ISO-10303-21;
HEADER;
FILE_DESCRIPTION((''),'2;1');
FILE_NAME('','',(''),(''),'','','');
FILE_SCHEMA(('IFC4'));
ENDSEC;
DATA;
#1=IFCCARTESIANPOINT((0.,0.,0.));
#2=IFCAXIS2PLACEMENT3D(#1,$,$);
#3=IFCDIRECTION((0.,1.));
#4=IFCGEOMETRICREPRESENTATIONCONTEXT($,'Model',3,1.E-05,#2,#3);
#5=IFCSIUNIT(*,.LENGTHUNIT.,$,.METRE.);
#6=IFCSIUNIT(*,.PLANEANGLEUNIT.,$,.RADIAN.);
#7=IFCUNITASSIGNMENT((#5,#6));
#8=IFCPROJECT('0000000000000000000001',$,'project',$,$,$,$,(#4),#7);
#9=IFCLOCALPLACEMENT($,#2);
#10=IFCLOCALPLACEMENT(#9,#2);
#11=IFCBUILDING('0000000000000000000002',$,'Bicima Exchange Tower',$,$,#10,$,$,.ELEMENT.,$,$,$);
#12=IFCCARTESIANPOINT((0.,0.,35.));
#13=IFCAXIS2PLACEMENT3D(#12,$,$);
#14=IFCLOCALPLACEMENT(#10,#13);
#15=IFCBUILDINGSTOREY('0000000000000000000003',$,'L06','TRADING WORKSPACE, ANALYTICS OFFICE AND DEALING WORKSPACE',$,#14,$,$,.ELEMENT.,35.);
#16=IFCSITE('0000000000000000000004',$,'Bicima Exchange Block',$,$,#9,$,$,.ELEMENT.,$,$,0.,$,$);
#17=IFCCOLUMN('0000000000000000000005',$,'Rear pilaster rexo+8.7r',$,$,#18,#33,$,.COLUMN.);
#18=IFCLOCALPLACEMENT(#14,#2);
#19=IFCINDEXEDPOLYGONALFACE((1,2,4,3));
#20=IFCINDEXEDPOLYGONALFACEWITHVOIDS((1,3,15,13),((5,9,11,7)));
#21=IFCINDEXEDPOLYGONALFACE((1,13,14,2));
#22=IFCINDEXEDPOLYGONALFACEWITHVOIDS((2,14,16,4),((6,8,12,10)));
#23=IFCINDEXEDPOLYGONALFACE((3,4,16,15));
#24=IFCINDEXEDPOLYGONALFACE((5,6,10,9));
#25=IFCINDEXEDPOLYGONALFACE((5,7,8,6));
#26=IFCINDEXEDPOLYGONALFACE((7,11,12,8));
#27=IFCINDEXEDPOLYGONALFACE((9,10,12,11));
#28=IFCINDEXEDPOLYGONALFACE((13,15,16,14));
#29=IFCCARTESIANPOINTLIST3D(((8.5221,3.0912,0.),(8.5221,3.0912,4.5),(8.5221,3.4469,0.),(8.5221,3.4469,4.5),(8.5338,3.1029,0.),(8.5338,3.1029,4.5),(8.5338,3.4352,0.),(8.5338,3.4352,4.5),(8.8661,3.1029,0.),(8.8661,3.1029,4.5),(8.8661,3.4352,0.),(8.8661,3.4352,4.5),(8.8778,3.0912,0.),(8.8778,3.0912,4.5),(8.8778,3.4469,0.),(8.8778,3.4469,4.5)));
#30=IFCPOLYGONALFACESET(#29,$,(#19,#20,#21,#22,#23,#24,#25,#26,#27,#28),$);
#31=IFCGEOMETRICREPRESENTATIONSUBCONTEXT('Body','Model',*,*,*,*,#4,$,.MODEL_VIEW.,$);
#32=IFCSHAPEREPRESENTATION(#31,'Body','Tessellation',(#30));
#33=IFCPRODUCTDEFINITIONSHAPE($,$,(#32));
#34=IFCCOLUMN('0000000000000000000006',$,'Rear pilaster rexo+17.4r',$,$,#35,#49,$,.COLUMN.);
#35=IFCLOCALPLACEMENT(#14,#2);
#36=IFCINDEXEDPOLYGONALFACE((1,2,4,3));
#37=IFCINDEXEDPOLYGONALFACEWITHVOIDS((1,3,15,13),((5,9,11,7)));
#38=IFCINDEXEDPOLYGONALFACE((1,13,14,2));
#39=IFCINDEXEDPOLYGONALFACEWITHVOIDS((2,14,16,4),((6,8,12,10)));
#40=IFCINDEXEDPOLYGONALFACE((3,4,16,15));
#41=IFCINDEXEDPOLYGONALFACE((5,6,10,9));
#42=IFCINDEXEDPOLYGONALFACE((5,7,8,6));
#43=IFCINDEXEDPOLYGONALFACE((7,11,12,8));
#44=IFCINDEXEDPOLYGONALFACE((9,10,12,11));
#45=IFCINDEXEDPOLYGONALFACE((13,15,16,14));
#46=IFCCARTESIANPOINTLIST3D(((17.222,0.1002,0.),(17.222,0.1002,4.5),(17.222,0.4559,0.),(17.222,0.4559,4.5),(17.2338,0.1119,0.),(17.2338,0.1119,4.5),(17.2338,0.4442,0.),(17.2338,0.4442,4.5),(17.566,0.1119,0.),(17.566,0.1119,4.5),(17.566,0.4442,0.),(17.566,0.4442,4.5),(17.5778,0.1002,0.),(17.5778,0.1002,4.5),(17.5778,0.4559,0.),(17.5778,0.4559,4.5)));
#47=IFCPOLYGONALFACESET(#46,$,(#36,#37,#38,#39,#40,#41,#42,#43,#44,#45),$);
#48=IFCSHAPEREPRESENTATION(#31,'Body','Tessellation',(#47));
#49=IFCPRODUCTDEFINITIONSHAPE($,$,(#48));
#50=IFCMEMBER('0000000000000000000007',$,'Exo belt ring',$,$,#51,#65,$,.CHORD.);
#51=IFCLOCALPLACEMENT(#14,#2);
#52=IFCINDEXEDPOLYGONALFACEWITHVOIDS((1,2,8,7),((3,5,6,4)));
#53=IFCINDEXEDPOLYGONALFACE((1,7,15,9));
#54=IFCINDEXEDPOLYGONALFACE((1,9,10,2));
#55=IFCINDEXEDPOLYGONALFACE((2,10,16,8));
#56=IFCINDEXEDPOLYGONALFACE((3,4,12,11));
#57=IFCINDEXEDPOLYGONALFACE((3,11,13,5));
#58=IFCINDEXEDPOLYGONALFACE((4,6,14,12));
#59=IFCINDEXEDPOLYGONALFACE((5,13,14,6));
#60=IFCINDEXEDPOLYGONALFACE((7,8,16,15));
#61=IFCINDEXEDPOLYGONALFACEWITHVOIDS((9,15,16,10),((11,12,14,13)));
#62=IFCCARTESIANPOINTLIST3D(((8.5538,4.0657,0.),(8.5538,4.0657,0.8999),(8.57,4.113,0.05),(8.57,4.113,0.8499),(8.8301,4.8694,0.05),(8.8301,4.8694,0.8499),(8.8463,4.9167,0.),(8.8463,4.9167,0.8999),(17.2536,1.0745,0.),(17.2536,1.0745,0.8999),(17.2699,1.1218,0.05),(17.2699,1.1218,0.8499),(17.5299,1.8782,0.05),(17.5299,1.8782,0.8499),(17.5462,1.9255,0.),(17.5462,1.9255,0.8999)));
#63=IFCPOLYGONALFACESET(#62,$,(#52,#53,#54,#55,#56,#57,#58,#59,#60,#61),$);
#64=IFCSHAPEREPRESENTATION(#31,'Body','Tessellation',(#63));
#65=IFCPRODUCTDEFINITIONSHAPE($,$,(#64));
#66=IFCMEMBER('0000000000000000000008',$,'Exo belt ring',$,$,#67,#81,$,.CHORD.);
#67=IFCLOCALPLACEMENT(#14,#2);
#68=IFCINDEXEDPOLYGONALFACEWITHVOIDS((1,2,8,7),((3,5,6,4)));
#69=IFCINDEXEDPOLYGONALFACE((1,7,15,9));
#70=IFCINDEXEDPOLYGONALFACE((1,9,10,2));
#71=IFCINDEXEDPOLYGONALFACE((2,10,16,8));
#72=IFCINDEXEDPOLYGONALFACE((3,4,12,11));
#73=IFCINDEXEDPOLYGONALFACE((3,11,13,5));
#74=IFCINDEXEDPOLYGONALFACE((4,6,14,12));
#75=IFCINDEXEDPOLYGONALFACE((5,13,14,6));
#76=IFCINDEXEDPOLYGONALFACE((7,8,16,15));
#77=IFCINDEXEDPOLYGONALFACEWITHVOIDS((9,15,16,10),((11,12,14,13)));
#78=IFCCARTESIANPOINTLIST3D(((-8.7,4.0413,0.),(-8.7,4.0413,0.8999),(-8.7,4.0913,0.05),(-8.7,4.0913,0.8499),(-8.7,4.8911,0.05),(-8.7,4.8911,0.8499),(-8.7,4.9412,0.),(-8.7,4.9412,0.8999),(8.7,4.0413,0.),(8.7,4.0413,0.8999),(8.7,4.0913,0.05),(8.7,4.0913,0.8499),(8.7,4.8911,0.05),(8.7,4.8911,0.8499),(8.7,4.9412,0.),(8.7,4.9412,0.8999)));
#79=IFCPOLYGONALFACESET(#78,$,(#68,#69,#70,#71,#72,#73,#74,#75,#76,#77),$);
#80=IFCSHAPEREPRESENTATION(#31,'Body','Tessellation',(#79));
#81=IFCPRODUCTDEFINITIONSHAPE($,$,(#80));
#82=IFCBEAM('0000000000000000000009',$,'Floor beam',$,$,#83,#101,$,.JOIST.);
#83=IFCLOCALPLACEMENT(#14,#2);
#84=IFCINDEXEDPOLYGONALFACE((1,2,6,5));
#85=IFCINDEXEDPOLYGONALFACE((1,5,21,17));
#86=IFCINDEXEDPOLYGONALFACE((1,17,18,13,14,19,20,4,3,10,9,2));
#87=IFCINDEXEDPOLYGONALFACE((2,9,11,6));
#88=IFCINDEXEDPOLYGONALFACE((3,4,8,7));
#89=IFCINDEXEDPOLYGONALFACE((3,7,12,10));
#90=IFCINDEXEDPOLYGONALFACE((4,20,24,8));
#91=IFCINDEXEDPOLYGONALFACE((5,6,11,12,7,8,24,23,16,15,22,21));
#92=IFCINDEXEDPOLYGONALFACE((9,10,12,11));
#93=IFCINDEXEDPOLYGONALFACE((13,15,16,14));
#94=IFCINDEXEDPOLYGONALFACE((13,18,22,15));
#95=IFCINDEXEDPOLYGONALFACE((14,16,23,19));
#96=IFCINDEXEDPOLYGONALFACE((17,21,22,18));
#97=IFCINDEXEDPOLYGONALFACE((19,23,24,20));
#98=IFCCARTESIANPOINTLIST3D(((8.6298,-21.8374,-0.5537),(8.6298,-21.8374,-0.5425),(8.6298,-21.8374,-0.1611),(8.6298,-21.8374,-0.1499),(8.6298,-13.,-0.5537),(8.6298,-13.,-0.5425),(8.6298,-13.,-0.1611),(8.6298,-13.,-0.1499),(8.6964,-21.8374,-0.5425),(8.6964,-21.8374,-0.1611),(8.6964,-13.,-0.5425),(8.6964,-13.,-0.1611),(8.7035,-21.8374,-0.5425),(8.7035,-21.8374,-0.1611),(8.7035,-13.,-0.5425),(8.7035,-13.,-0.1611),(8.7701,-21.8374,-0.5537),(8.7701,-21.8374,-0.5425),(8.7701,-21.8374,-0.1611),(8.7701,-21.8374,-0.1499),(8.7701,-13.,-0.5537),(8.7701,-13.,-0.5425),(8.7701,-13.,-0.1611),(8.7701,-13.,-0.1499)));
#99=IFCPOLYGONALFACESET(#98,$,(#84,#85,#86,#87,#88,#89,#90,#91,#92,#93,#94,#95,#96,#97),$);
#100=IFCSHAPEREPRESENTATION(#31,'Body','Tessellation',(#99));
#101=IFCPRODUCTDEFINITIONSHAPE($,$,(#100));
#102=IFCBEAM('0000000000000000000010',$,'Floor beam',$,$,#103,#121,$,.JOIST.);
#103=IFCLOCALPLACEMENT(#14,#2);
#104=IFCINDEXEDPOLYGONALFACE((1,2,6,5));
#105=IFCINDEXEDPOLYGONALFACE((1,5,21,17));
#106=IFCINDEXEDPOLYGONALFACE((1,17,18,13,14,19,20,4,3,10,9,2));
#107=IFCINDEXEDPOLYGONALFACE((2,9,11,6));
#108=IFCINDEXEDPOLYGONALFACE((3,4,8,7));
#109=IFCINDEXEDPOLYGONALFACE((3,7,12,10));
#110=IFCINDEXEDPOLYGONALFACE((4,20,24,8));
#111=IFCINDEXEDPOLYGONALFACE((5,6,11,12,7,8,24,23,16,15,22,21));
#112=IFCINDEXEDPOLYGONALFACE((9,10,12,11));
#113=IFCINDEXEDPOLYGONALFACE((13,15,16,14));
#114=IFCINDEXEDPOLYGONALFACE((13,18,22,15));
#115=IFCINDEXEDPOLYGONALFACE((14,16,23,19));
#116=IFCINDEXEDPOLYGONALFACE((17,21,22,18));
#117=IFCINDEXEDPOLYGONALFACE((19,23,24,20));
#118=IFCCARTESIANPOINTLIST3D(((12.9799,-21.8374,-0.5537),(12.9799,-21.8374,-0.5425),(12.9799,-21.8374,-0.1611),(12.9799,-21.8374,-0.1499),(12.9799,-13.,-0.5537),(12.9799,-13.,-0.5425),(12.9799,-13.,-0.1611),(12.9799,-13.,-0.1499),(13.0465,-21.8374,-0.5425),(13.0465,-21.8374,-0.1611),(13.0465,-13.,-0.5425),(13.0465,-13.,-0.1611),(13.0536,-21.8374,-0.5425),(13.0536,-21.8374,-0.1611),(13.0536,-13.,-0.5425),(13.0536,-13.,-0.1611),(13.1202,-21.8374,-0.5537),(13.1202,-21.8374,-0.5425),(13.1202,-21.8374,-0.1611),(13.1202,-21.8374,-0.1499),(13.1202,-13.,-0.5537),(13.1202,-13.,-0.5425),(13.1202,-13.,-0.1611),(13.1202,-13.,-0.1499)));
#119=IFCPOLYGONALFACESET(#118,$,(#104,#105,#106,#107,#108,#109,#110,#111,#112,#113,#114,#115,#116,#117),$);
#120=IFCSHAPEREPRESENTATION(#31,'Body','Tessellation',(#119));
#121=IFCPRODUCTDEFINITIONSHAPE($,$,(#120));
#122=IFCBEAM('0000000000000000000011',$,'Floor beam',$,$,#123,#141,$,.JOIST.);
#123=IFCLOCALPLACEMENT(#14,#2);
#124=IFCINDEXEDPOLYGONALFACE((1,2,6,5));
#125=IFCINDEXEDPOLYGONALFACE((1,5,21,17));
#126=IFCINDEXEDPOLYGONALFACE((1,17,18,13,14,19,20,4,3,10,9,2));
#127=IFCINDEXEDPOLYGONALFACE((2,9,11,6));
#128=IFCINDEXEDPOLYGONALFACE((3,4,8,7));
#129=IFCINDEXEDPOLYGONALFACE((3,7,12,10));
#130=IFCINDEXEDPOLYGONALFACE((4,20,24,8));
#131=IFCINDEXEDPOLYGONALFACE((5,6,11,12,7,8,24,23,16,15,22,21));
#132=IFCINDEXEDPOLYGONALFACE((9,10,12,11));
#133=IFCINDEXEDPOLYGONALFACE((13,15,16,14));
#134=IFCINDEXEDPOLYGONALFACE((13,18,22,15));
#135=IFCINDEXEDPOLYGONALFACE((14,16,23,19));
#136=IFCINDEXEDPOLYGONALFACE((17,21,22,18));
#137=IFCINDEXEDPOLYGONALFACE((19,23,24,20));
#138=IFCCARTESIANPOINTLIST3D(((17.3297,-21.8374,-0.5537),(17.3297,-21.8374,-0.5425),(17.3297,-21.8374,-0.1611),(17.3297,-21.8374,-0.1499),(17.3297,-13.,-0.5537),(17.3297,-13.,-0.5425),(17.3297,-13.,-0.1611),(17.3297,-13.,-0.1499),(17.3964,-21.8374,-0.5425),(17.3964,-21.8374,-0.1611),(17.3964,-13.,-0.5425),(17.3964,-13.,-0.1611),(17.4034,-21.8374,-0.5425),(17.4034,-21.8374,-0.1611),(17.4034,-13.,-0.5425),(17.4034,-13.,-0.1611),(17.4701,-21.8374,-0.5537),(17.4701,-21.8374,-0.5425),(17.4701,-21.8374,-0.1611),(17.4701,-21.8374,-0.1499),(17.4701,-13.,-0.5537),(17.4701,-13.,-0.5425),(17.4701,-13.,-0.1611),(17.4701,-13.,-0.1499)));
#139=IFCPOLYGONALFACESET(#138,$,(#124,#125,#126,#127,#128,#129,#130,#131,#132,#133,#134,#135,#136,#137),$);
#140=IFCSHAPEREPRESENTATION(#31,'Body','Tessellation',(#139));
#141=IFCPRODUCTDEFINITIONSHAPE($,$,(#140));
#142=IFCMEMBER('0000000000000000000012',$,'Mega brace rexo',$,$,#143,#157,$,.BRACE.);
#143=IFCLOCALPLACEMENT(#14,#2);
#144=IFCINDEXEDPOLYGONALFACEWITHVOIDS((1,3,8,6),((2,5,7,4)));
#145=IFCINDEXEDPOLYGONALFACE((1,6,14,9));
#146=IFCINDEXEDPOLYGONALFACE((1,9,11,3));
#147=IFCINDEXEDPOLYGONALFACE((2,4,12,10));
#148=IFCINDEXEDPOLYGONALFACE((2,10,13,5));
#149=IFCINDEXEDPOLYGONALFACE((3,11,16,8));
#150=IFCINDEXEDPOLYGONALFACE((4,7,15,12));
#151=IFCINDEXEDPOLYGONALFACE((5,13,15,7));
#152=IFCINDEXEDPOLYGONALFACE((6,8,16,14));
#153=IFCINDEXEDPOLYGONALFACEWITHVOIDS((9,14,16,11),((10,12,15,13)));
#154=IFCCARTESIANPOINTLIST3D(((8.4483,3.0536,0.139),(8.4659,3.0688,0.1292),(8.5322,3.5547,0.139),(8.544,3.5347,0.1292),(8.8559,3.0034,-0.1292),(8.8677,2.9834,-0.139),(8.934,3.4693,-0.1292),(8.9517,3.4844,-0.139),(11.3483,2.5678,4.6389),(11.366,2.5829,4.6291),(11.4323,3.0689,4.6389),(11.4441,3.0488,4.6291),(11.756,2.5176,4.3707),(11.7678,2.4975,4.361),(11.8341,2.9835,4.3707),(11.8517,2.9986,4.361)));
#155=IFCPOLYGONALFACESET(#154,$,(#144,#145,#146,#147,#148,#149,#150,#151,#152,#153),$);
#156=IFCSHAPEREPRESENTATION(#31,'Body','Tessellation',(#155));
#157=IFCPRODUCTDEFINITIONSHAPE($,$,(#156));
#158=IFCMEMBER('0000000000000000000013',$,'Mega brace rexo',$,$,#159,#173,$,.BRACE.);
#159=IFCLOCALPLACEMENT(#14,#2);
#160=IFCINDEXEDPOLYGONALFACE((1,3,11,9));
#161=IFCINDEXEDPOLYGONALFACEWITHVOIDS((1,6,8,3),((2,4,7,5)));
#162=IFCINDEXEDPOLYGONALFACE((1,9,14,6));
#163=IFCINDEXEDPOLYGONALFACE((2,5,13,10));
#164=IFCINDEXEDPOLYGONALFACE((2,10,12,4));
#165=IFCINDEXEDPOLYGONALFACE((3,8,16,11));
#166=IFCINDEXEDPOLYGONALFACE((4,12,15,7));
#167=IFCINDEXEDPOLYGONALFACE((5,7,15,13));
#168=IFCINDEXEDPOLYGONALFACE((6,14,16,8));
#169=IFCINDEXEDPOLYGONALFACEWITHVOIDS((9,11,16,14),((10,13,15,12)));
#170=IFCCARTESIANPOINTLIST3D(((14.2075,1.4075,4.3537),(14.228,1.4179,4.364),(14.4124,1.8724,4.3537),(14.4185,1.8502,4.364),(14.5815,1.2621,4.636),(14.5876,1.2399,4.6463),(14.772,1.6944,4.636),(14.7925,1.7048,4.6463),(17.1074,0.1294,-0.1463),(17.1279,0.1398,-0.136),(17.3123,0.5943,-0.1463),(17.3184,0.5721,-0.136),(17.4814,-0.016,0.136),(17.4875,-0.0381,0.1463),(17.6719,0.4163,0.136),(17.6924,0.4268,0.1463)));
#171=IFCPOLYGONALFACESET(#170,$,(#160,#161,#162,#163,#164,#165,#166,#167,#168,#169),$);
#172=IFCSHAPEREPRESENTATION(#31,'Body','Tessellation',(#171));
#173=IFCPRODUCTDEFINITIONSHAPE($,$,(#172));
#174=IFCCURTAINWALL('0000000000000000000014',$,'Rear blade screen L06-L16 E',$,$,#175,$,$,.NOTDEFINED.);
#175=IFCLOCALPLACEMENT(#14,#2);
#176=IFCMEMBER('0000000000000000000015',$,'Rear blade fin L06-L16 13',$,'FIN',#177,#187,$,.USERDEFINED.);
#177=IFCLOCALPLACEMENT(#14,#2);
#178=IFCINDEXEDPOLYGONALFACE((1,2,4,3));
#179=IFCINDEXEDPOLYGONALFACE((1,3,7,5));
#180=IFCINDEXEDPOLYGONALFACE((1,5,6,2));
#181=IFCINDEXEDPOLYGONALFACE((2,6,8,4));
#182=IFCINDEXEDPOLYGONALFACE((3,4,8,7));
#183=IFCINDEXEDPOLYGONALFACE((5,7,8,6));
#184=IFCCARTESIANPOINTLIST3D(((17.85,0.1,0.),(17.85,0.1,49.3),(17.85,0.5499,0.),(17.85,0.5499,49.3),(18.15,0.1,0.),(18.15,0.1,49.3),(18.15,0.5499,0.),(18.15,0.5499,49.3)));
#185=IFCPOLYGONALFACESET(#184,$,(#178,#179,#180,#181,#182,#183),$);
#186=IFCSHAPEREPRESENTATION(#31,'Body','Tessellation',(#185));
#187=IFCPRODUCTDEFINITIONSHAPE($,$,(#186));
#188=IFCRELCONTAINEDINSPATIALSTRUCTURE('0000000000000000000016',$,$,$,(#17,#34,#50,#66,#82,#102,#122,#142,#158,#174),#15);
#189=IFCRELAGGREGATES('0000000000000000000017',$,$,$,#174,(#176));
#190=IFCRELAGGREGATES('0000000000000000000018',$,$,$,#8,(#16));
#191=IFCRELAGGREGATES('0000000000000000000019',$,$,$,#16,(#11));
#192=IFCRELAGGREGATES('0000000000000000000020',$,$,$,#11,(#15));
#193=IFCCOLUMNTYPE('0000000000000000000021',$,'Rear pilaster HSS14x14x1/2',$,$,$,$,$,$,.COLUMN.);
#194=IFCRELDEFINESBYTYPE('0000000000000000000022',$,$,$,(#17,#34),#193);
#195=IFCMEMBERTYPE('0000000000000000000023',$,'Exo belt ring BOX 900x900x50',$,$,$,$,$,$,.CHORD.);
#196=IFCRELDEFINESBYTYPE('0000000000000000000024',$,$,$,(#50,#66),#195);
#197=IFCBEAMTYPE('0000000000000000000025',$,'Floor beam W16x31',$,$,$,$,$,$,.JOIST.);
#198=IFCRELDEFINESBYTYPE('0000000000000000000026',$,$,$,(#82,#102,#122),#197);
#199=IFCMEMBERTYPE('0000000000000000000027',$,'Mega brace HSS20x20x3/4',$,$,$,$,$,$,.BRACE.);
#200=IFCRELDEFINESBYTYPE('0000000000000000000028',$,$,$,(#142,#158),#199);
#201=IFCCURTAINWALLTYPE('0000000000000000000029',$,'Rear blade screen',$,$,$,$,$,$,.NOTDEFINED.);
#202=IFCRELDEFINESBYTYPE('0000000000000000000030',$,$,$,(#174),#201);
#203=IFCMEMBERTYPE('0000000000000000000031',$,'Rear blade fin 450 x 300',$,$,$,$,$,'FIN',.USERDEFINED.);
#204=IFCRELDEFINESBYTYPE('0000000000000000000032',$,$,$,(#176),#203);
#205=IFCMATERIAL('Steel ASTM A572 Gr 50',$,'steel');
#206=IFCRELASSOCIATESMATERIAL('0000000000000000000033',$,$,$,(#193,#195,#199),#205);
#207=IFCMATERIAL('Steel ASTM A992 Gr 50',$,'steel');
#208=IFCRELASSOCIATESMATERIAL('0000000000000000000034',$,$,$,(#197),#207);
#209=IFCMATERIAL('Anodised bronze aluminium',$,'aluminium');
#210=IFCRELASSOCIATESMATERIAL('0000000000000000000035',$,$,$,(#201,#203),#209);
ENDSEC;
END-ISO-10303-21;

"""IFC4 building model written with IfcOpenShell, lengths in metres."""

from ifc_helpers import new_model, si_unit, direction, frame, origin, origin_2d, place, context, subcontext, project, spatial, rectangle, hollow_rectangle, i_section, extrude, material, material_profile, profile_set, type_object, element, aggregate, save


model = new_model("IFC4")

# Units and contexts
model_context = context("Model", 3, precision=1e-05, world=origin(), true_north=direction((0.0, 1.0)))
body_context = subcontext(model_context, "Body", "Model", "MODEL_VIEW")
ifc_project = project(units=[si_unit("LENGTHUNIT", "METRE"), si_unit("PLANEANGLEUNIT", "RADIAN")], contexts=[model_context])

# Site, building, storey
site_placement = place(None, origin())
site = spatial("IfcSite", under=ifc_project, at=site_placement, Name="Bicima Exchange Block", CompositionType="ELEMENT", RefElevation=0.0)
building_placement = place(site_placement, origin())
building = spatial("IfcBuilding", under=site, at=building_placement, Name="Bicima Exchange Tower", CompositionType="ELEMENT")
storey_placement = place(building_placement, frame((0.0, 0.0, 35.0)))
storey = spatial("IfcBuildingStorey", under=building, at=storey_placement, Name="L06", Description="TRADING WORKSPACE, ANALYTICS OFFICE AND DEALING WORKSPACE", CompositionType="ELEMENT", Elevation=35.0)

# Columns
ifc_material_1 = material(Name="Steel ASTM A572 Gr 50", Category="steel")
ifc_material_profile_1 = material_profile(ifc_material_1, hollow_rectangle(XDim=0.3557, YDim=0.3557, WallThickness=0.0117, at=origin_2d()))
ifc_profile_set_1 = profile_set([ifc_material_profile_1], Name="Steel ASTM A572 Gr 50")
column_type = type_object("IfcColumnType", Name="Rear pilaster HSS14x14x1/2", PredefinedType="COLUMN", material=ifc_profile_set_1)
for number, where, z_axis, x_axis, name in (
    (1, (8.7, 3.269, 0.0), (0.0, 0.0, 1.0), (1.0, 0.0, 0.0), "Rear pilaster rexo+8.7r"),
    (2, (17.3999, 0.2781, 0.0), (0.0, 0.0, 1.0), (1.0, 0.0, 0.0), "Rear pilaster rexo+17.4r"),
):
    element("IfcColumn", number, at=place(storey_placement, frame(where, z_axis=z_axis, x_axis=x_axis)), inside=storey, type_object=column_type, Name=name, PredefinedType="COLUMN", context=body_context, shape_type="SweptSolid", body=[
        extrude(hollow_rectangle(XDim=0.3557, YDim=0.3557, WallThickness=0.0117, at=origin_2d()), origin(), (0.0, 0.0, 1.0), 4.5),
    ])

# Members
ifc_material_profile_2 = material_profile(ifc_material_1, hollow_rectangle(XDim=0.8999, YDim=0.8999, WallThickness=0.05, at=origin_2d()))
ifc_profile_set_2 = profile_set([ifc_material_profile_2], Name="Steel ASTM A572 Gr 50")
member_type_1 = type_object("IfcMemberType", Name="Exo belt ring BOX 900x900x50", PredefinedType="CHORD", material=ifc_profile_set_2)
member_1_placement = place(storey_placement, frame((17.3999, 1.5, 0.45), z_axis=(-0.945666, 0.325138, 0.0), x_axis=(-0.325138, -0.945666, 0.0)))
element("IfcMember", 3, at=member_1_placement, inside=storey, type_object=member_type_1, Name="Exo belt ring", PredefinedType="CHORD", context=body_context, shape_type="SweptSolid", body=[
    extrude(hollow_rectangle(XDim=0.8999, YDim=0.8999, WallThickness=0.05, at=origin_2d()), origin(), (0.0, 0.0, 1.0), 9.1997),
])
member_2_placement = place(storey_placement, frame((8.7, 4.4912, 0.45), z_axis=(-1.0, 0.0, 0.0), x_axis=(0.0, -1.0, 0.0)))
element("IfcMember", 4, at=member_2_placement, inside=storey, type_object=member_type_1, Name="Exo belt ring", PredefinedType="CHORD", context=body_context, shape_type="SweptSolid", body=[
    extrude(hollow_rectangle(XDim=0.8999, YDim=0.8999, WallThickness=0.05, at=origin_2d()), origin(), (0.0, 0.0, 1.0), 17.3999),
])

# Beams
ifc_material_2 = material(Name="Steel ASTM A992 Gr 50", Category="steel")
ifc_material_profile_3 = material_profile(ifc_material_2, i_section(OverallWidth=0.1404, OverallDepth=0.4038, WebThickness=0.0071, FlangeThickness=0.0112, at=origin_2d()))
ifc_profile_set_3 = profile_set([ifc_material_profile_3], Name="Steel ASTM A992 Gr 50")
beam_type = type_object("IfcBeamType", Name="Floor beam W16x31", PredefinedType="JOIST", material=ifc_profile_set_3)
for number, where, z_axis, x_axis, name in (
    (5, (8.7, -13.0, -0.3518), (0.0, -1.0, 0.0), (1.0, 0.0, 0.0), "Floor beam"),
    (6, (13.05, -13.0, -0.3518), (0.0, -1.0, 0.0), (1.0, 0.0, 0.0), "Floor beam"),
    (7, (17.3999, -13.0, -0.3518), (0.0, -1.0, 0.0), (1.0, 0.0, 0.0), "Floor beam"),
):
    element("IfcBeam", number, at=place(storey_placement, frame(where, z_axis=z_axis, x_axis=x_axis)), inside=storey, type_object=beam_type, Name=name, PredefinedType="JOIST", context=body_context, shape_type="SweptSolid", body=[
        extrude(i_section(OverallWidth=0.1404, OverallDepth=0.4038, WebThickness=0.0071, FlangeThickness=0.0112, at=origin_2d()), origin(), (0.0, 0.0, 1.0), 8.8374),
    ])

# Members
ifc_material_profile_4 = material_profile(ifc_material_1, hollow_rectangle(XDim=0.5081, YDim=0.5081, WallThickness=0.0178, at=origin_2d()))
ifc_profile_set_4 = profile_set([ifc_material_profile_4], Name="Steel ASTM A572 Gr 50")
member_type_2 = type_object("IfcMemberType", Name="Mega brace HSS20x20x3/4", PredefinedType="BRACE", material=ifc_profile_set_4)
member_3_placement = place(storey_placement, frame((8.7, 3.269, 0.0), z_axis=(0.539504, -0.090379, 0.837119), x_axis=(0.16522, 0.986257, 0.0)))
element("IfcMember", 8, at=member_3_placement, inside=storey, type_object=member_type_2, Name="Mega brace rexo", PredefinedType="BRACE", context=body_context, shape_type="SweptSolid", body=[
    extrude(hollow_rectangle(XDim=0.5081, YDim=0.5081, WallThickness=0.0178, at=origin_2d()), origin(), (0.0, 0.0, 1.0), 5.3755),
])
member_4_placement = place(storey_placement, frame((17.3999, 0.2781, 0.0), z_axis=(-0.526881, 0.232213, 0.817602), x_axis=(-0.403299, -0.915068, 0.0)))
element("IfcMember", 9, at=member_4_placement, inside=storey, type_object=member_type_2, Name="Mega brace rexo", PredefinedType="BRACE", context=body_context, shape_type="SweptSolid", body=[
    extrude(hollow_rectangle(XDim=0.5081, YDim=0.5081, WallThickness=0.0178, at=origin_2d()), origin(), (0.0, 0.0, 1.0), 5.5039),
])

# Curtain wall, member
ifc_material_3 = material(Name="Anodised bronze aluminium", Category="aluminium")
curtain_wall_type = type_object("IfcCurtainWallType", Name="Rear blade screen", PredefinedType="NOTDEFINED", material=ifc_material_3)
curtain_wall_placement = place(storey_placement, origin())
curtain_wall = element("IfcCurtainWall", 10, at=curtain_wall_placement, inside=storey, type_object=curtain_wall_type, Name="Rear blade screen L06-L16 E", PredefinedType="NOTDEFINED")
ifc_material_profile_5 = material_profile(ifc_material_3, rectangle(XDim=0.45, YDim=0.3, at=origin_2d()))
ifc_profile_set_5 = profile_set([ifc_material_profile_5], Name="Anodised bronze aluminium")
member_type_3 = type_object("IfcMemberType", Name="Rear blade fin 450 x 300", ElementType="FIN", PredefinedType="USERDEFINED", material=ifc_profile_set_5)
member_5_placement = place(storey_placement, frame((18.0, 0.325, 0.0), z_axis=(0.0, 0.0, 1.0), x_axis=(0.0, 1.0, 0.0)))
member_5 = element("IfcMember", 11, at=member_5_placement, type_object=member_type_3, Name="Rear blade fin L06-L16 13", ObjectType="FIN", PredefinedType="USERDEFINED", context=body_context, shape_type="SweptSolid", body=[
    extrude(rectangle(XDim=0.45, YDim=0.3, at=origin_2d()), origin(), (0.0, 0.0, 1.0), 49.3),
])
aggregate(curtain_wall, [member_5])

save(model, "model.ifc")
